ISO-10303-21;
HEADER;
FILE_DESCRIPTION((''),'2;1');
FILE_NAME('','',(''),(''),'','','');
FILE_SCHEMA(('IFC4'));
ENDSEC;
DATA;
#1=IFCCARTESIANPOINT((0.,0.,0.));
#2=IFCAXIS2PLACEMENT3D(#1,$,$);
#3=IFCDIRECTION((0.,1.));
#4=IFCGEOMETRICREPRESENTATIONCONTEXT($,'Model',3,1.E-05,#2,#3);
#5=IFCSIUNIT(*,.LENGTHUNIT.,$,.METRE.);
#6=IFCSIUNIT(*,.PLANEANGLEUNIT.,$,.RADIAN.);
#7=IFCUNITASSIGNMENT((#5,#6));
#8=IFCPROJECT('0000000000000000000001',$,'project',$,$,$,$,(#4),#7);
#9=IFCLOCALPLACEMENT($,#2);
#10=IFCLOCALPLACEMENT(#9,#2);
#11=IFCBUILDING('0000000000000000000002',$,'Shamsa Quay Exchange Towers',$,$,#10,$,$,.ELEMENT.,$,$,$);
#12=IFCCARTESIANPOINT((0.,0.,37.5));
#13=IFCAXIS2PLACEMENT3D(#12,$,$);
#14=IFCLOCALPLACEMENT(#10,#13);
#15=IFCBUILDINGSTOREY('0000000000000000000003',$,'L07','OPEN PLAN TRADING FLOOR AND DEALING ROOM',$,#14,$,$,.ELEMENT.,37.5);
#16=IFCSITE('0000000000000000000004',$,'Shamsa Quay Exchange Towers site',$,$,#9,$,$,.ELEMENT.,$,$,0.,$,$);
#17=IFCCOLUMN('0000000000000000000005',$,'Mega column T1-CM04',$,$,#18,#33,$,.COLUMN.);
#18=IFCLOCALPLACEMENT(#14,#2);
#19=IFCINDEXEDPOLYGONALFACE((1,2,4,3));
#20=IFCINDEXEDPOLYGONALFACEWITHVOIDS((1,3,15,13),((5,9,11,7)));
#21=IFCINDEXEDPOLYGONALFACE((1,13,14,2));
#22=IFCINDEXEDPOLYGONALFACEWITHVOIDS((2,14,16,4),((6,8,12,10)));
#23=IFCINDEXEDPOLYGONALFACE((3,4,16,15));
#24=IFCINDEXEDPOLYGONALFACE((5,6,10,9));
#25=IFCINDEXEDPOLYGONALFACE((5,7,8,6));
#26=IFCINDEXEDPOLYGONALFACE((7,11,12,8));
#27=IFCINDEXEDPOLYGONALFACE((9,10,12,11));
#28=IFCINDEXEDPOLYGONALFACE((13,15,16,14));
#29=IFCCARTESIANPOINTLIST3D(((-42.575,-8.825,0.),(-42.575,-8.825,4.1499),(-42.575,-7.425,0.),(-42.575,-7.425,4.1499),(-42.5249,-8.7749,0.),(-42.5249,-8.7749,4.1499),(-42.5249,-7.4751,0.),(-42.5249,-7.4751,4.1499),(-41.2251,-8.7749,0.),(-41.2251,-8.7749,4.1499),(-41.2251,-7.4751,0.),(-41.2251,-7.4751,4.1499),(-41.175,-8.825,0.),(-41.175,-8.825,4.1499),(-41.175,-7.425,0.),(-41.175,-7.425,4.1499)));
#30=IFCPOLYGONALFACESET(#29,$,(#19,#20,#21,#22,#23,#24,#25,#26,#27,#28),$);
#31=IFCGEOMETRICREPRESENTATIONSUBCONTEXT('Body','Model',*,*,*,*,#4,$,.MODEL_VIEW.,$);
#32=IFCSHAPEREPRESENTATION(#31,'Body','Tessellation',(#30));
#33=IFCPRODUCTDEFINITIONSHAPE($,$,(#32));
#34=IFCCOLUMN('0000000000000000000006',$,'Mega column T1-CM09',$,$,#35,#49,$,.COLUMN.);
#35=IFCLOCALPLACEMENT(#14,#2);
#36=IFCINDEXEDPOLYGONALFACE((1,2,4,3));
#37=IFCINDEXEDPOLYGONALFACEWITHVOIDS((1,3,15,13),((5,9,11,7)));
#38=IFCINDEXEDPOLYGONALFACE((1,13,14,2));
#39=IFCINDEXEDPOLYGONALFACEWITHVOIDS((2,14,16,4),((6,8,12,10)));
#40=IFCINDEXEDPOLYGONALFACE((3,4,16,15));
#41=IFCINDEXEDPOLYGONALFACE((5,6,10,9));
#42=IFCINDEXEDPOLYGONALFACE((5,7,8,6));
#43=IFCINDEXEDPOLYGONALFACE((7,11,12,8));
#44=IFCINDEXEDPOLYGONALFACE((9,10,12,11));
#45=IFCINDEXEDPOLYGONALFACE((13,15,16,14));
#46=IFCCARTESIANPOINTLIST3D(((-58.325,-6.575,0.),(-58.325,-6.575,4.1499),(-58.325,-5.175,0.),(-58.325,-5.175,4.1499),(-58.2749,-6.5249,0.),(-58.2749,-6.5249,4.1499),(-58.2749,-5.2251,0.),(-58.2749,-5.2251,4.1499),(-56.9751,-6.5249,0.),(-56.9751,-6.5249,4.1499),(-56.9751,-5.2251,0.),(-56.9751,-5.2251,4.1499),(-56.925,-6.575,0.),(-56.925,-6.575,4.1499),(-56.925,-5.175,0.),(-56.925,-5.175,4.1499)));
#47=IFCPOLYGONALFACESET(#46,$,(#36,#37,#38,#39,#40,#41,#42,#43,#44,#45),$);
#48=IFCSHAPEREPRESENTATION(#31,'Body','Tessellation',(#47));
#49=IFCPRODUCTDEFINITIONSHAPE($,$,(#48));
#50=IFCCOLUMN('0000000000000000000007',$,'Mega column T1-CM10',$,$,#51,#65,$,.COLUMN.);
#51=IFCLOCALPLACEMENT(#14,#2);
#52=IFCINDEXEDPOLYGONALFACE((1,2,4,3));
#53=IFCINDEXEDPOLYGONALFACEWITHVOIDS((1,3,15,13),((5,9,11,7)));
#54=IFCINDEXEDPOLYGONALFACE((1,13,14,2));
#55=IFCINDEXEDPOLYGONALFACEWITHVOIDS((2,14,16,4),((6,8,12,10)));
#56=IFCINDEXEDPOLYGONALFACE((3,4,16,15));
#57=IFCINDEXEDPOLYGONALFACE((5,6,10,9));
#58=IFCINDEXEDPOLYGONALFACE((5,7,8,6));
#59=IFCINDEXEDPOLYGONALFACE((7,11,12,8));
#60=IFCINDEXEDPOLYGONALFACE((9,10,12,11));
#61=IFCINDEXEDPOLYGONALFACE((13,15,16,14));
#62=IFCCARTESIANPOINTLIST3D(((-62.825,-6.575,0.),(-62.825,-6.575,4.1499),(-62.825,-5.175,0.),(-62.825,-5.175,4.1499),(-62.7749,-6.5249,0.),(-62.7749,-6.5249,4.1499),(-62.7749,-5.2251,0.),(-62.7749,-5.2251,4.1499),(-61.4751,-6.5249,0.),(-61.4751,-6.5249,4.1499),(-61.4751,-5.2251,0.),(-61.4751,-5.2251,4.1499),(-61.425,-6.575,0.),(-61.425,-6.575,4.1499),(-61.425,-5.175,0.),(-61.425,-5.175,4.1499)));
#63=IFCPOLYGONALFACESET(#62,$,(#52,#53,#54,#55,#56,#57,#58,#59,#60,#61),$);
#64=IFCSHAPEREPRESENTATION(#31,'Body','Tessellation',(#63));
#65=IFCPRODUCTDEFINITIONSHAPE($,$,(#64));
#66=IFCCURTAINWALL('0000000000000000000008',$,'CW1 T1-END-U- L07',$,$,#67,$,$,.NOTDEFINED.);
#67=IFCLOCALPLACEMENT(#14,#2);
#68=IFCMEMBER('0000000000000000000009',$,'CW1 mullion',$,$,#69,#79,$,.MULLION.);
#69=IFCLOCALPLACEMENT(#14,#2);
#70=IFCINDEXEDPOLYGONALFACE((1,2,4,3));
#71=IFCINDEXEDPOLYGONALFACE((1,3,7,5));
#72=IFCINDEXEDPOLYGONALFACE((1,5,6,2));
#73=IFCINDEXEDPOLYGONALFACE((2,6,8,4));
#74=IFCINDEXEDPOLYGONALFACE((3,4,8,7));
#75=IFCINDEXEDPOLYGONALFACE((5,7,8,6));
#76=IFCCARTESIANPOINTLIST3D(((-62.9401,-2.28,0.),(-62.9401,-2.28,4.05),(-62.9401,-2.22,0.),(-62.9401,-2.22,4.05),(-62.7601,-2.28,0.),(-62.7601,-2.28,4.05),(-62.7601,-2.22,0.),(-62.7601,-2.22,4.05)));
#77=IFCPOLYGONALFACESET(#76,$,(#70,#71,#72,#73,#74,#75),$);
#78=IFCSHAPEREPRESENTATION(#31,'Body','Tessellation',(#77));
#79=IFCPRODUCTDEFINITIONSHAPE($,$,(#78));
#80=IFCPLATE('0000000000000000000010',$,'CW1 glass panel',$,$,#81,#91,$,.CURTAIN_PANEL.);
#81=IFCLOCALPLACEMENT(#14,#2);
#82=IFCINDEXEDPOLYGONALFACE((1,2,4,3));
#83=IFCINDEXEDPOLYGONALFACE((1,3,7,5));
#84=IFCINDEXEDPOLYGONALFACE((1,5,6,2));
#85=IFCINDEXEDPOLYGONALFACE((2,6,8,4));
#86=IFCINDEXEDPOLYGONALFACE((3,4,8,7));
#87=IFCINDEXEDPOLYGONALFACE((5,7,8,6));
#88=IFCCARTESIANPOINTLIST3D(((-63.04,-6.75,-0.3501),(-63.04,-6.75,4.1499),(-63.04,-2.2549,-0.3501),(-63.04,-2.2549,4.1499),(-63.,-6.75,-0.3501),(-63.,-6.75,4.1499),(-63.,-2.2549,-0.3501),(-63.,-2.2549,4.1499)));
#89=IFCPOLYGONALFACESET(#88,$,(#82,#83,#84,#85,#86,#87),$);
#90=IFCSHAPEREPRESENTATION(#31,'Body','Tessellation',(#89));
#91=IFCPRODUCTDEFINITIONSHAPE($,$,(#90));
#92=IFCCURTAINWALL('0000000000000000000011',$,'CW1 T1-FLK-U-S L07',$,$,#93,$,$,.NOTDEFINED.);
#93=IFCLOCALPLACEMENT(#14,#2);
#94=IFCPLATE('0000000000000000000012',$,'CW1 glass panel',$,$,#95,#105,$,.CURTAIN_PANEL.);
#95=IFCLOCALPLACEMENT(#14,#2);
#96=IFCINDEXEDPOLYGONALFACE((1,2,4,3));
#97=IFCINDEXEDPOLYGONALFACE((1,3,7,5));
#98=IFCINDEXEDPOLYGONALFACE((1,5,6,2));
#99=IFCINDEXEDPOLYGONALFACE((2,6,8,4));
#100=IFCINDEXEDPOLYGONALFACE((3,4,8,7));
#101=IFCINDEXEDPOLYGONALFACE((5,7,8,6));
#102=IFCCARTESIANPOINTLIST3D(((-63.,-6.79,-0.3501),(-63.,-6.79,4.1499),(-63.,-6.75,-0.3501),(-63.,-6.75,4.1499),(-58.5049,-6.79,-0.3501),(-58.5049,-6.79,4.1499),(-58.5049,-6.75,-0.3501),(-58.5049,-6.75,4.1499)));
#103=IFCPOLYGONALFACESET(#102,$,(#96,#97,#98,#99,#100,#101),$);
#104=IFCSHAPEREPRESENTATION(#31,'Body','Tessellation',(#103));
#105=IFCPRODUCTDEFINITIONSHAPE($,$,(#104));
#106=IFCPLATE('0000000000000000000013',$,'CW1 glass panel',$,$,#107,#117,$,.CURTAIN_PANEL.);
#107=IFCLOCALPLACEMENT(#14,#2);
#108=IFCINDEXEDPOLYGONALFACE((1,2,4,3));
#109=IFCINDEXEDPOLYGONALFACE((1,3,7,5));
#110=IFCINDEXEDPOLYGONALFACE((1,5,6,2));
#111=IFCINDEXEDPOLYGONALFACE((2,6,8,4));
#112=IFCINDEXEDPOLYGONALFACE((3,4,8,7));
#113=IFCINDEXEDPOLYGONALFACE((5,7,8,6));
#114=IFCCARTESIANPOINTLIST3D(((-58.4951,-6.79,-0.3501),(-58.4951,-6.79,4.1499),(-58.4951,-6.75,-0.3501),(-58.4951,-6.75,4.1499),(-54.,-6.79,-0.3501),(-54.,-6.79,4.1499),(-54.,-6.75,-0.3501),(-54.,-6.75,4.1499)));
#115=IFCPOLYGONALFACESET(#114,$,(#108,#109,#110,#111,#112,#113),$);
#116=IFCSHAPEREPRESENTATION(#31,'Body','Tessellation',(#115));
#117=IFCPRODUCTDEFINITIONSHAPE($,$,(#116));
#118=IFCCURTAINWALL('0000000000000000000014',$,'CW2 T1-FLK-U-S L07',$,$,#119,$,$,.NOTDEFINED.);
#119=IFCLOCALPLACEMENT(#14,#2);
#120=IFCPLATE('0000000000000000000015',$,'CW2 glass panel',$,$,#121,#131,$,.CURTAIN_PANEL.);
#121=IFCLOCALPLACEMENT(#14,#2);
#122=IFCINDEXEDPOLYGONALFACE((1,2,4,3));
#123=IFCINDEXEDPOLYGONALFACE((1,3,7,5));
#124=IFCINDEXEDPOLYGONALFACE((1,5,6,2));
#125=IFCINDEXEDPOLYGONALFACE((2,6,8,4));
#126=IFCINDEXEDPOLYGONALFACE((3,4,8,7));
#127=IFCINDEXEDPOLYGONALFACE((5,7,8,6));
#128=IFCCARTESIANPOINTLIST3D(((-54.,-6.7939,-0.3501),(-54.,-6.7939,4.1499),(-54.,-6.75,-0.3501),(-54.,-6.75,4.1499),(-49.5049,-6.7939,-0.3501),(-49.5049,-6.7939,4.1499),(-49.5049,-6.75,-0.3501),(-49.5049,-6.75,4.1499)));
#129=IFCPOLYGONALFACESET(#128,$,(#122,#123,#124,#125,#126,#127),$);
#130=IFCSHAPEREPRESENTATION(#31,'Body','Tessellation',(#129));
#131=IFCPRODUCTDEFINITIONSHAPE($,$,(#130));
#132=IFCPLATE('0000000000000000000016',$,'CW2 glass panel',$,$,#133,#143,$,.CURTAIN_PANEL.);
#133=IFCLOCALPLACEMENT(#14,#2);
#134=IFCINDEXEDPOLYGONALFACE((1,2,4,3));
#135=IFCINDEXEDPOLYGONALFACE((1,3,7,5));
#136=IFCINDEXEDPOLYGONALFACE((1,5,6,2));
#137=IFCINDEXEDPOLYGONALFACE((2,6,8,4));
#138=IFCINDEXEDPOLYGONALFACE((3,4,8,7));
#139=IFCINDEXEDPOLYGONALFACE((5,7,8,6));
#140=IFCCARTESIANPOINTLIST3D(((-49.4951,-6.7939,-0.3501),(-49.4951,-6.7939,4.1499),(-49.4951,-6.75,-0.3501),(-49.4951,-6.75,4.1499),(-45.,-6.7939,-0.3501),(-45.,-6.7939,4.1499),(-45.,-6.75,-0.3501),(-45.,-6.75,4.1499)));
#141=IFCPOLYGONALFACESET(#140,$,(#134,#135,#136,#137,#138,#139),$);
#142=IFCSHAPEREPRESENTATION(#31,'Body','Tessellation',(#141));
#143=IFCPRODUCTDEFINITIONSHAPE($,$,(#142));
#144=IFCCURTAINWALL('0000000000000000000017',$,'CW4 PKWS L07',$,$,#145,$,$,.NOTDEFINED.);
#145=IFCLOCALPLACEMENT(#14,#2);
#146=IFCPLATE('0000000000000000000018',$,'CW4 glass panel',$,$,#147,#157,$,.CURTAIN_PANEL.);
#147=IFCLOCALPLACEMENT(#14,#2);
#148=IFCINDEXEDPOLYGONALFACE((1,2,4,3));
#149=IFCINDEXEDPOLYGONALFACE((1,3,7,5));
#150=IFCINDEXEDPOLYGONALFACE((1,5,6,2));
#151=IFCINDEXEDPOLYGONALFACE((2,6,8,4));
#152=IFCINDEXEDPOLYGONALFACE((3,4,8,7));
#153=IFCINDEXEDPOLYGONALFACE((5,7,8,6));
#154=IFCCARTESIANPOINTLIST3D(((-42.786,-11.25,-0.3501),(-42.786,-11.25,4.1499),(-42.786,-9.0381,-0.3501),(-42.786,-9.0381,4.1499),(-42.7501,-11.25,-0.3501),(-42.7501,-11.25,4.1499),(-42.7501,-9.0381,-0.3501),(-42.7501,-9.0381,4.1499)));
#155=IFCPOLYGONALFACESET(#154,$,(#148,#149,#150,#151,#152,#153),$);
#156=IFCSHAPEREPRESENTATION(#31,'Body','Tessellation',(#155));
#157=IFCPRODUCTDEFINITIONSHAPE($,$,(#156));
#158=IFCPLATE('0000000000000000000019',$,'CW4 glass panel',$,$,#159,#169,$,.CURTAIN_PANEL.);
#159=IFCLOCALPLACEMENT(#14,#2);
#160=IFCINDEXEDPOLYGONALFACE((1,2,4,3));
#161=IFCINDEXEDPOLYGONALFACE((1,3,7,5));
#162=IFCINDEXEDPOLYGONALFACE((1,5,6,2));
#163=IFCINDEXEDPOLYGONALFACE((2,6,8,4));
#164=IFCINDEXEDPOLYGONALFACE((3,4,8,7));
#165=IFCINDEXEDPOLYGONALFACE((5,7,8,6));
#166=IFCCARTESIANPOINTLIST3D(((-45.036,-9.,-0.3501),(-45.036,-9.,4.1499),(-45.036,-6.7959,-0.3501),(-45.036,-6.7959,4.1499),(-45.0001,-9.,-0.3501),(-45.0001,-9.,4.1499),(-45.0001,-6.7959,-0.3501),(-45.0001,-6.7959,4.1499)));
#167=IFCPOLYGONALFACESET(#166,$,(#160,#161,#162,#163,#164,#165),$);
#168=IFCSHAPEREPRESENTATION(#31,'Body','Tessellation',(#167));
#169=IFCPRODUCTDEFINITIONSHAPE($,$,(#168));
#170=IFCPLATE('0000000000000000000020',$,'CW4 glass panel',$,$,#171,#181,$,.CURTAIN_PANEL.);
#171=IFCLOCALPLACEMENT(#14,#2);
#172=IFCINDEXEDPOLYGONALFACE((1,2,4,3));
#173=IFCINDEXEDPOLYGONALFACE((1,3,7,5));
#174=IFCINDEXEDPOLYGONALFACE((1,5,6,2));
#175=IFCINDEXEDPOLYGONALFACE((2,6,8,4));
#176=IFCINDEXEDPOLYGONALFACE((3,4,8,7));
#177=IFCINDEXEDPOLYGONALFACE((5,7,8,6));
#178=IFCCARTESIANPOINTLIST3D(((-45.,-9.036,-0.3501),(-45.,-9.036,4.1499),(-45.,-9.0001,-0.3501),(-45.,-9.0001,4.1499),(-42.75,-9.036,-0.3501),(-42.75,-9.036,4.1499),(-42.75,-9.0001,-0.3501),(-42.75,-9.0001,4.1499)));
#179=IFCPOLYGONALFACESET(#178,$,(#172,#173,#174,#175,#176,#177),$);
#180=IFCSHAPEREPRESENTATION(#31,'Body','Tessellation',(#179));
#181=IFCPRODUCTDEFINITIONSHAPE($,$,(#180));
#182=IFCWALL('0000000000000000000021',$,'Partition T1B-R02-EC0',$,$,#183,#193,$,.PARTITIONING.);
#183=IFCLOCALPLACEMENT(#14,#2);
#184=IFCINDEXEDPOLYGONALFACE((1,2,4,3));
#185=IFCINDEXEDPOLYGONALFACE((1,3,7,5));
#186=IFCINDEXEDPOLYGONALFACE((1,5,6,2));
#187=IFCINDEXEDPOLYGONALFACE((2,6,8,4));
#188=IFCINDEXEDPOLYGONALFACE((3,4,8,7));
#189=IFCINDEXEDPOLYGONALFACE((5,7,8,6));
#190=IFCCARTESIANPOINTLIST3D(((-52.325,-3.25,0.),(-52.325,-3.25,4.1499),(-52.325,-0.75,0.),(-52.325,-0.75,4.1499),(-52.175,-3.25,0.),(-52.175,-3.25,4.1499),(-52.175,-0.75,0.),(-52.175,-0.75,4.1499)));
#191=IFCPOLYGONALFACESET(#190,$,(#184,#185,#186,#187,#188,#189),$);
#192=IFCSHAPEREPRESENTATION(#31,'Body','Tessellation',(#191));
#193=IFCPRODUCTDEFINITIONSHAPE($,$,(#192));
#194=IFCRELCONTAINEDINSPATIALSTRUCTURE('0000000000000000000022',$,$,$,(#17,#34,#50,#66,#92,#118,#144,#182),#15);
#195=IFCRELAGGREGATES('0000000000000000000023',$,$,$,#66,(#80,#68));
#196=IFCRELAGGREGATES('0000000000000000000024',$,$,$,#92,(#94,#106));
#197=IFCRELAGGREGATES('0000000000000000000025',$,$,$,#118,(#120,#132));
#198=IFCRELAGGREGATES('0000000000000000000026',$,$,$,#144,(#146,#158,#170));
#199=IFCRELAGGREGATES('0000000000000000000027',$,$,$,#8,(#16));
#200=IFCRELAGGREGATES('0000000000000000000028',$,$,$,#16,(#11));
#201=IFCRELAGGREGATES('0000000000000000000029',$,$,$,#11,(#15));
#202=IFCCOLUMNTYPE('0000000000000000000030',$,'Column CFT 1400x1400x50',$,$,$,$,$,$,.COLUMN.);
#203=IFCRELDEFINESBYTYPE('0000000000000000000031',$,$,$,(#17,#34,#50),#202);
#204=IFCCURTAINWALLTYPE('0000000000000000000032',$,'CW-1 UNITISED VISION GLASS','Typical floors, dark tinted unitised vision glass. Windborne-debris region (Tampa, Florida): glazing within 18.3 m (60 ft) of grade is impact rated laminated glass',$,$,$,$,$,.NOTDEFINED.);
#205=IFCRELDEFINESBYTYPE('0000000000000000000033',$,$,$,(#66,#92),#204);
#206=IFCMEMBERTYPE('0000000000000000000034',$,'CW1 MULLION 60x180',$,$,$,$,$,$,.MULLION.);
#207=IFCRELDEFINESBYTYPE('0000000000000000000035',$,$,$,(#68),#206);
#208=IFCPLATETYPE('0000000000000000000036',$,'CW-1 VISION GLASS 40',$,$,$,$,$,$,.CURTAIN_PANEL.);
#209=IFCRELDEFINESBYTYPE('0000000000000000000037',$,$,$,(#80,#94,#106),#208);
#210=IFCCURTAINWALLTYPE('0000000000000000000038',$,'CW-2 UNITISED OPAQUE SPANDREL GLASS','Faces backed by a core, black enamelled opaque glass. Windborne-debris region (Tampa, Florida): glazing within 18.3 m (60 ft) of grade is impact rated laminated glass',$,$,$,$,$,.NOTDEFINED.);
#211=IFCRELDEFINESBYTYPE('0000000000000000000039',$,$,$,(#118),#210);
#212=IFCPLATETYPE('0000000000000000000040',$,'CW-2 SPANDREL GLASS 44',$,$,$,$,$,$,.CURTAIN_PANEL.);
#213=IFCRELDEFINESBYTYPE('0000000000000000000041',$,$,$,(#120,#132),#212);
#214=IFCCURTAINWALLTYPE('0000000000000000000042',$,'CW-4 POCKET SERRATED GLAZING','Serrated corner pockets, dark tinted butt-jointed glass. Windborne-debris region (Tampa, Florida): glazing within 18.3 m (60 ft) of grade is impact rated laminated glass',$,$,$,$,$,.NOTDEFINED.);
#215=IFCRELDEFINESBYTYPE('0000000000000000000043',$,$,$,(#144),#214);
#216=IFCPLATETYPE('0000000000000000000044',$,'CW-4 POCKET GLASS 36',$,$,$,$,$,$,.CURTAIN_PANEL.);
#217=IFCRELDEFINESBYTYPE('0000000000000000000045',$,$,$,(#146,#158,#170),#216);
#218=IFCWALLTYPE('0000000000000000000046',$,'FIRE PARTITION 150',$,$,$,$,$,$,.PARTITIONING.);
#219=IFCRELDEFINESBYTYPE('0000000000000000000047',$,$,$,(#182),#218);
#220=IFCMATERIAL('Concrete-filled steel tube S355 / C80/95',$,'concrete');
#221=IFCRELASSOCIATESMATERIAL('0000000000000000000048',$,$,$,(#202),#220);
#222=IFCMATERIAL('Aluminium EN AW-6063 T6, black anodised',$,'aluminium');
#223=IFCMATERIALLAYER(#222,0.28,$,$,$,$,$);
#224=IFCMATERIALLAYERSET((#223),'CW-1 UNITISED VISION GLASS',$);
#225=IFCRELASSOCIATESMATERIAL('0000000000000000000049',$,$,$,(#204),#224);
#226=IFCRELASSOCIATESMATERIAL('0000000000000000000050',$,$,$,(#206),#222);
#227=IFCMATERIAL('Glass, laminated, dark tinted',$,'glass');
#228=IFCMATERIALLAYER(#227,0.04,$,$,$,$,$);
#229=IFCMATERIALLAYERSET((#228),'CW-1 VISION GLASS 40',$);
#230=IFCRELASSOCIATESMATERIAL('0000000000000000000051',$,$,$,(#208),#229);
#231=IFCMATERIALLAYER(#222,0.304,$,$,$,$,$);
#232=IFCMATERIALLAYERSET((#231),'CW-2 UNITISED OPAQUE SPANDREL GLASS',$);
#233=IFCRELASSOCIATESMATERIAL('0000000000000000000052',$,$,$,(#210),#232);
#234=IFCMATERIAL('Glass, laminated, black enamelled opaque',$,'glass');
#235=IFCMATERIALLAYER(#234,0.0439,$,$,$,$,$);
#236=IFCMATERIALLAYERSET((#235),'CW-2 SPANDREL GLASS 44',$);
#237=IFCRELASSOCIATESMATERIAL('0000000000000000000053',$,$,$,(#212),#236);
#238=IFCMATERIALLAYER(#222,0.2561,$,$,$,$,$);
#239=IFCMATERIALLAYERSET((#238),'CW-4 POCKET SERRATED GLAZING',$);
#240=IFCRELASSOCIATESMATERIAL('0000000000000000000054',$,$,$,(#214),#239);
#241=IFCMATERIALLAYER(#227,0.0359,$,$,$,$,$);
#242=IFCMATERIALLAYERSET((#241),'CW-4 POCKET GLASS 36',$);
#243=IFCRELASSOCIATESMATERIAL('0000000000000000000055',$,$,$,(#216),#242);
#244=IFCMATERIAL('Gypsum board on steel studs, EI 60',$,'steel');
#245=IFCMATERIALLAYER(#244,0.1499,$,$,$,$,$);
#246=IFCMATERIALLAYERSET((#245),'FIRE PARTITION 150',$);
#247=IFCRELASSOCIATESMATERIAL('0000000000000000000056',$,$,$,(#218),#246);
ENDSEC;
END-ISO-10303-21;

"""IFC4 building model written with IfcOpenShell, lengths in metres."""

from ifc_helpers import new_model, si_unit, direction, frame, frame_2d, origin, origin_2d, place, context, subcontext, project, spatial, rectangle, hollow_rectangle, extrude, material, layer, layer_set, material_profile, profile_set, type_object, element, aggregate, save


model = new_model("IFC4")

# Units and contexts
model_context = context("Model", 3, precision=1e-05, world=origin(), true_north=direction((0.0, 1.0)))
body_context = subcontext(model_context, "Body", "Model", "MODEL_VIEW")
ifc_project = project(units=[si_unit("LENGTHUNIT", "METRE"), si_unit("PLANEANGLEUNIT", "RADIAN")], contexts=[model_context])

# Site, building, storey
site_placement = place(None, origin())
site = spatial("IfcSite", under=ifc_project, at=site_placement, Name="Shamsa Quay Exchange Towers site", CompositionType="ELEMENT", RefElevation=0.0)
building_placement = place(site_placement, origin())
building = spatial("IfcBuilding", under=site, at=building_placement, Name="Shamsa Quay Exchange Towers", CompositionType="ELEMENT")
storey_placement = place(building_placement, frame((0.0, 0.0, 37.5)))
storey = spatial("IfcBuildingStorey", under=building, at=storey_placement, Name="L07", Description="OPEN PLAN TRADING FLOOR AND DEALING ROOM", CompositionType="ELEMENT", Elevation=37.5)

# Columns
ifc_material_1 = material(Name="Concrete-filled steel tube S355 / C80/95", Category="concrete")
ifc_material_profile_1 = material_profile(ifc_material_1, hollow_rectangle(XDim=1.3999, YDim=1.3999, WallThickness=0.05, at=origin_2d()), Name="CFT 1400x1400x50")
ifc_profile_set_1 = profile_set([ifc_material_profile_1], Name="Concrete-filled steel tube S355 / C80/95")
column_type = type_object("IfcColumnType", Name="Column CFT 1400x1400x50", PredefinedType="COLUMN", material=ifc_profile_set_1)
for number, where, name in (
    (1, (-41.875, -8.125, 0.0), "Mega column T1-CM04"),
    (2, (-57.625, -5.875, 0.0), "Mega column T1-CM09"),
    (3, (-62.125, -5.875, 0.0), "Mega column T1-CM10"),
):
    element("IfcColumn", number, at=place(storey_placement, frame(where)), inside=storey, type_object=column_type, Name=name, PredefinedType="COLUMN", context=body_context, shape_type="SweptSolid", body=[
        extrude(hollow_rectangle(XDim=1.3999, YDim=1.3999, WallThickness=0.05, at=origin_2d()), origin(), (0.0, 0.0, 1.0), 4.1499),
    ])

# Curtain wall, member, plate
ifc_material_2 = material(Name="Aluminium EN AW-6063 T6, black anodised", Category="aluminium")
ifc_layer_1 = layer(ifc_material_2, 0.28)
ifc_layer_set_1 = layer_set([ifc_layer_1], Name="CW-1 UNITISED VISION GLASS")
curtain_wall_type_1 = type_object("IfcCurtainWallType", Name="CW-1 UNITISED VISION GLASS", Description="Typical floors, dark tinted unitised vision glass. Windborne-debris region (Tampa, Florida): glazing within 18.3 m (60 ft) of grade is impact rated laminated glass", PredefinedType="NOTDEFINED", material=ifc_layer_set_1)
curtain_wall_1_placement = place(storey_placement, origin())
curtain_wall_1 = element("IfcCurtainWall", 4, at=curtain_wall_1_placement, inside=storey, type_object=curtain_wall_type_1, Name="CW1 T1-END-U- L07", PredefinedType="NOTDEFINED")
ifc_material_profile_2 = material_profile(ifc_material_2, rectangle(XDim=0.1799, YDim=0.0601, at=origin_2d()), Name="MU60x180")
ifc_profile_set_2 = profile_set([ifc_material_profile_2], Name="Aluminium EN AW-6063 T6, black anodised")
member_type = type_object("IfcMemberType", Name="CW1 MULLION 60x180", PredefinedType="MULLION", material=ifc_profile_set_2)
member_placement = place(storey_placement, frame((-62.8501, -2.25, 0.0)))
member = element("IfcMember", 5, at=member_placement, type_object=member_type, Name="CW1 mullion", PredefinedType="MULLION", context=body_context, shape_type="SweptSolid", body=[
    extrude(rectangle(XDim=0.1799, YDim=0.0601, at=origin_2d()), origin(), (0.0, 0.0, 1.0), 4.05),
])
ifc_material_3 = material(Name="Glass, laminated, dark tinted", Category="glass")
ifc_layer_2 = layer(ifc_material_3, 0.04)
ifc_layer_set_2 = layer_set([ifc_layer_2], Name="CW-1 VISION GLASS 40")
plate_type_1 = type_object("IfcPlateType", Name="CW-1 VISION GLASS 40", PredefinedType="CURTAIN_PANEL", material=ifc_layer_set_2)
plate_1_placement = place(storey_placement, frame((-63.02, -4.5024, -0.3501), z_axis=(0.0, 0.0, 1.0), x_axis=(0.0, -1.0, 0.0)))
plate_1 = element("IfcPlate", 6, at=plate_1_placement, type_object=plate_type_1, Name="CW1 glass panel", PredefinedType="CURTAIN_PANEL", context=body_context, shape_type="SweptSolid", body=[
    extrude(rectangle(XDim=4.4951, YDim=0.04, at=origin_2d()), origin(), (0.0, 0.0, 1.0), 4.5),
])
aggregate(curtain_wall_1, [plate_1, member])

# Curtain walls, plates
curtain_wall_2_placement = place(storey_placement, origin())
curtain_wall_2 = element("IfcCurtainWall", 7, at=curtain_wall_2_placement, inside=storey, type_object=curtain_wall_type_1, Name="CW1 T1-FLK-U-S L07", PredefinedType="NOTDEFINED")
plate_2_placement = place(storey_placement, frame((-60.7524, -6.77, -0.3501)))
plate_2 = element("IfcPlate", 8, at=plate_2_placement, type_object=plate_type_1, Name="CW1 glass panel", PredefinedType="CURTAIN_PANEL", context=body_context, shape_type="SweptSolid", body=[
    extrude(rectangle(XDim=4.4951, YDim=0.04, at=origin_2d()), origin(), (0.0, 0.0, 1.0), 4.5),
])
plate_3_placement = place(storey_placement, frame((-56.2476, -6.77, -0.3501)))
plate_3 = element("IfcPlate", 9, at=plate_3_placement, type_object=plate_type_1, Name="CW1 glass panel", PredefinedType="CURTAIN_PANEL", context=body_context, shape_type="SweptSolid", body=[
    extrude(rectangle(XDim=4.4951, YDim=0.04, at=origin_2d()), origin(), (0.0, 0.0, 1.0), 4.5),
])
aggregate(curtain_wall_2, [plate_2, plate_3])
ifc_layer_3 = layer(ifc_material_2, 0.304)
ifc_layer_set_3 = layer_set([ifc_layer_3], Name="CW-2 UNITISED OPAQUE SPANDREL GLASS")
curtain_wall_type_2 = type_object("IfcCurtainWallType", Name="CW-2 UNITISED OPAQUE SPANDREL GLASS", Description="Faces backed by a core, black enamelled opaque glass. Windborne-debris region (Tampa, Florida): glazing within 18.3 m (60 ft) of grade is impact rated laminated glass", PredefinedType="NOTDEFINED", material=ifc_layer_set_3)
curtain_wall_3_placement = place(storey_placement, origin())
curtain_wall_3 = element("IfcCurtainWall", 10, at=curtain_wall_3_placement, inside=storey, type_object=curtain_wall_type_2, Name="CW2 T1-FLK-U-S L07", PredefinedType="NOTDEFINED")
ifc_material_4 = material(Name="Glass, laminated, black enamelled opaque", Category="glass")
ifc_layer_4 = layer(ifc_material_4, 0.0439)
ifc_layer_set_4 = layer_set([ifc_layer_4], Name="CW-2 SPANDREL GLASS 44")
plate_type_2 = type_object("IfcPlateType", Name="CW-2 SPANDREL GLASS 44", PredefinedType="CURTAIN_PANEL", material=ifc_layer_set_4)
plate_4_placement = place(storey_placement, frame((-51.7524, -6.772, -0.3501)))
plate_4 = element("IfcPlate", 11, at=plate_4_placement, type_object=plate_type_2, Name="CW2 glass panel", PredefinedType="CURTAIN_PANEL", context=body_context, shape_type="SweptSolid", body=[
    extrude(rectangle(XDim=4.4951, YDim=0.0439, at=origin_2d()), origin(), (0.0, 0.0, 1.0), 4.5),
])
plate_5_placement = place(storey_placement, frame((-47.2476, -6.772, -0.3501)))
plate_5 = element("IfcPlate", 12, at=plate_5_placement, type_object=plate_type_2, Name="CW2 glass panel", PredefinedType="CURTAIN_PANEL", context=body_context, shape_type="SweptSolid", body=[
    extrude(rectangle(XDim=4.4951, YDim=0.0439, at=origin_2d()), origin(), (0.0, 0.0, 1.0), 4.5),
])
aggregate(curtain_wall_3, [plate_4, plate_5])
ifc_layer_5 = layer(ifc_material_2, 0.2561)
ifc_layer_set_5 = layer_set([ifc_layer_5], Name="CW-4 POCKET SERRATED GLAZING")
curtain_wall_type_3 = type_object("IfcCurtainWallType", Name="CW-4 POCKET SERRATED GLAZING", Description="Serrated corner pockets, dark tinted butt-jointed glass. Windborne-debris region (Tampa, Florida): glazing within 18.3 m (60 ft) of grade is impact rated laminated glass", PredefinedType="NOTDEFINED", material=ifc_layer_set_5)
curtain_wall_4_placement = place(storey_placement, origin())
curtain_wall_4 = element("IfcCurtainWall", 13, at=curtain_wall_4_placement, inside=storey, type_object=curtain_wall_type_3, Name="CW4 PKWS L07", PredefinedType="NOTDEFINED")
ifc_layer_6 = layer(ifc_material_3, 0.0359)
ifc_layer_set_6 = layer_set([ifc_layer_6], Name="CW-4 POCKET GLASS 36")
plate_type_3 = type_object("IfcPlateType", Name="CW-4 POCKET GLASS 36", PredefinedType="CURTAIN_PANEL", material=ifc_layer_set_6)
plate_6_placement = place(storey_placement, frame((-42.7681, -10.144, -0.3501), z_axis=(0.0, 0.0, 1.0), x_axis=(0.0, -1.0, 0.0)))
plate_6 = element("IfcPlate", 14, at=plate_6_placement, type_object=plate_type_3, Name="CW4 glass panel", PredefinedType="CURTAIN_PANEL", context=body_context, shape_type="SweptSolid", body=[
    extrude(rectangle(XDim=2.2119, YDim=0.0359, at=origin_2d()), origin(), (0.0, 0.0, 1.0), 4.5),
])
plate_7_placement = place(storey_placement, frame((-45.0181, -7.8979, -0.3501), z_axis=(0.0, 0.0, 1.0), x_axis=(0.0, -1.0, 0.0)))
plate_7 = element("IfcPlate", 15, at=plate_7_placement, type_object=plate_type_3, Name="CW4 glass panel", PredefinedType="CURTAIN_PANEL", context=body_context, shape_type="SweptSolid", body=[
    extrude(rectangle(XDim=2.2041, YDim=0.0359, at=origin_2d()), origin(), (0.0, 0.0, 1.0), 4.5),
])
plate_8_placement = place(storey_placement, frame((-43.875, -9.0181, -0.3501)))
plate_8 = element("IfcPlate", 16, at=plate_8_placement, type_object=plate_type_3, Name="CW4 glass panel", PredefinedType="CURTAIN_PANEL", context=body_context, shape_type="SweptSolid", body=[
    extrude(rectangle(XDim=2.25, YDim=0.0359, at=origin_2d()), origin(), (0.0, 0.0, 1.0), 4.5),
])
aggregate(curtain_wall_4, [plate_6, plate_7, plate_8])

# Wall
ifc_material_5 = material(Name="Gypsum board on steel studs, EI 60", Category="steel")
ifc_layer_7 = layer(ifc_material_5, 0.1499)
ifc_layer_set_7 = layer_set([ifc_layer_7], Name="FIRE PARTITION 150")
wall_type_1 = type_object("IfcWallType", Name="FIRE PARTITION 150", PredefinedType="PARTITIONING", material=ifc_layer_set_7)
wall_1_placement = place(storey_placement, frame((-52.25, -3.25, 0.0), z_axis=(0.0, 0.0, 1.0), x_axis=(0.0, 1.0, 0.0)))
element("IfcWall", 17, at=wall_1_placement, inside=storey, type_object=wall_type_1, Name="Partition T1B-R02-EC0", PredefinedType="PARTITIONING", context=body_context, shape_type="SweptSolid", body=[
    extrude(rectangle(XDim=2.5, YDim=0.1499, at=frame_2d((1.25, 0.0))), origin(), (0.0, 0.0, 1.0), 4.1499),
])

save(model, "model.ifc")
